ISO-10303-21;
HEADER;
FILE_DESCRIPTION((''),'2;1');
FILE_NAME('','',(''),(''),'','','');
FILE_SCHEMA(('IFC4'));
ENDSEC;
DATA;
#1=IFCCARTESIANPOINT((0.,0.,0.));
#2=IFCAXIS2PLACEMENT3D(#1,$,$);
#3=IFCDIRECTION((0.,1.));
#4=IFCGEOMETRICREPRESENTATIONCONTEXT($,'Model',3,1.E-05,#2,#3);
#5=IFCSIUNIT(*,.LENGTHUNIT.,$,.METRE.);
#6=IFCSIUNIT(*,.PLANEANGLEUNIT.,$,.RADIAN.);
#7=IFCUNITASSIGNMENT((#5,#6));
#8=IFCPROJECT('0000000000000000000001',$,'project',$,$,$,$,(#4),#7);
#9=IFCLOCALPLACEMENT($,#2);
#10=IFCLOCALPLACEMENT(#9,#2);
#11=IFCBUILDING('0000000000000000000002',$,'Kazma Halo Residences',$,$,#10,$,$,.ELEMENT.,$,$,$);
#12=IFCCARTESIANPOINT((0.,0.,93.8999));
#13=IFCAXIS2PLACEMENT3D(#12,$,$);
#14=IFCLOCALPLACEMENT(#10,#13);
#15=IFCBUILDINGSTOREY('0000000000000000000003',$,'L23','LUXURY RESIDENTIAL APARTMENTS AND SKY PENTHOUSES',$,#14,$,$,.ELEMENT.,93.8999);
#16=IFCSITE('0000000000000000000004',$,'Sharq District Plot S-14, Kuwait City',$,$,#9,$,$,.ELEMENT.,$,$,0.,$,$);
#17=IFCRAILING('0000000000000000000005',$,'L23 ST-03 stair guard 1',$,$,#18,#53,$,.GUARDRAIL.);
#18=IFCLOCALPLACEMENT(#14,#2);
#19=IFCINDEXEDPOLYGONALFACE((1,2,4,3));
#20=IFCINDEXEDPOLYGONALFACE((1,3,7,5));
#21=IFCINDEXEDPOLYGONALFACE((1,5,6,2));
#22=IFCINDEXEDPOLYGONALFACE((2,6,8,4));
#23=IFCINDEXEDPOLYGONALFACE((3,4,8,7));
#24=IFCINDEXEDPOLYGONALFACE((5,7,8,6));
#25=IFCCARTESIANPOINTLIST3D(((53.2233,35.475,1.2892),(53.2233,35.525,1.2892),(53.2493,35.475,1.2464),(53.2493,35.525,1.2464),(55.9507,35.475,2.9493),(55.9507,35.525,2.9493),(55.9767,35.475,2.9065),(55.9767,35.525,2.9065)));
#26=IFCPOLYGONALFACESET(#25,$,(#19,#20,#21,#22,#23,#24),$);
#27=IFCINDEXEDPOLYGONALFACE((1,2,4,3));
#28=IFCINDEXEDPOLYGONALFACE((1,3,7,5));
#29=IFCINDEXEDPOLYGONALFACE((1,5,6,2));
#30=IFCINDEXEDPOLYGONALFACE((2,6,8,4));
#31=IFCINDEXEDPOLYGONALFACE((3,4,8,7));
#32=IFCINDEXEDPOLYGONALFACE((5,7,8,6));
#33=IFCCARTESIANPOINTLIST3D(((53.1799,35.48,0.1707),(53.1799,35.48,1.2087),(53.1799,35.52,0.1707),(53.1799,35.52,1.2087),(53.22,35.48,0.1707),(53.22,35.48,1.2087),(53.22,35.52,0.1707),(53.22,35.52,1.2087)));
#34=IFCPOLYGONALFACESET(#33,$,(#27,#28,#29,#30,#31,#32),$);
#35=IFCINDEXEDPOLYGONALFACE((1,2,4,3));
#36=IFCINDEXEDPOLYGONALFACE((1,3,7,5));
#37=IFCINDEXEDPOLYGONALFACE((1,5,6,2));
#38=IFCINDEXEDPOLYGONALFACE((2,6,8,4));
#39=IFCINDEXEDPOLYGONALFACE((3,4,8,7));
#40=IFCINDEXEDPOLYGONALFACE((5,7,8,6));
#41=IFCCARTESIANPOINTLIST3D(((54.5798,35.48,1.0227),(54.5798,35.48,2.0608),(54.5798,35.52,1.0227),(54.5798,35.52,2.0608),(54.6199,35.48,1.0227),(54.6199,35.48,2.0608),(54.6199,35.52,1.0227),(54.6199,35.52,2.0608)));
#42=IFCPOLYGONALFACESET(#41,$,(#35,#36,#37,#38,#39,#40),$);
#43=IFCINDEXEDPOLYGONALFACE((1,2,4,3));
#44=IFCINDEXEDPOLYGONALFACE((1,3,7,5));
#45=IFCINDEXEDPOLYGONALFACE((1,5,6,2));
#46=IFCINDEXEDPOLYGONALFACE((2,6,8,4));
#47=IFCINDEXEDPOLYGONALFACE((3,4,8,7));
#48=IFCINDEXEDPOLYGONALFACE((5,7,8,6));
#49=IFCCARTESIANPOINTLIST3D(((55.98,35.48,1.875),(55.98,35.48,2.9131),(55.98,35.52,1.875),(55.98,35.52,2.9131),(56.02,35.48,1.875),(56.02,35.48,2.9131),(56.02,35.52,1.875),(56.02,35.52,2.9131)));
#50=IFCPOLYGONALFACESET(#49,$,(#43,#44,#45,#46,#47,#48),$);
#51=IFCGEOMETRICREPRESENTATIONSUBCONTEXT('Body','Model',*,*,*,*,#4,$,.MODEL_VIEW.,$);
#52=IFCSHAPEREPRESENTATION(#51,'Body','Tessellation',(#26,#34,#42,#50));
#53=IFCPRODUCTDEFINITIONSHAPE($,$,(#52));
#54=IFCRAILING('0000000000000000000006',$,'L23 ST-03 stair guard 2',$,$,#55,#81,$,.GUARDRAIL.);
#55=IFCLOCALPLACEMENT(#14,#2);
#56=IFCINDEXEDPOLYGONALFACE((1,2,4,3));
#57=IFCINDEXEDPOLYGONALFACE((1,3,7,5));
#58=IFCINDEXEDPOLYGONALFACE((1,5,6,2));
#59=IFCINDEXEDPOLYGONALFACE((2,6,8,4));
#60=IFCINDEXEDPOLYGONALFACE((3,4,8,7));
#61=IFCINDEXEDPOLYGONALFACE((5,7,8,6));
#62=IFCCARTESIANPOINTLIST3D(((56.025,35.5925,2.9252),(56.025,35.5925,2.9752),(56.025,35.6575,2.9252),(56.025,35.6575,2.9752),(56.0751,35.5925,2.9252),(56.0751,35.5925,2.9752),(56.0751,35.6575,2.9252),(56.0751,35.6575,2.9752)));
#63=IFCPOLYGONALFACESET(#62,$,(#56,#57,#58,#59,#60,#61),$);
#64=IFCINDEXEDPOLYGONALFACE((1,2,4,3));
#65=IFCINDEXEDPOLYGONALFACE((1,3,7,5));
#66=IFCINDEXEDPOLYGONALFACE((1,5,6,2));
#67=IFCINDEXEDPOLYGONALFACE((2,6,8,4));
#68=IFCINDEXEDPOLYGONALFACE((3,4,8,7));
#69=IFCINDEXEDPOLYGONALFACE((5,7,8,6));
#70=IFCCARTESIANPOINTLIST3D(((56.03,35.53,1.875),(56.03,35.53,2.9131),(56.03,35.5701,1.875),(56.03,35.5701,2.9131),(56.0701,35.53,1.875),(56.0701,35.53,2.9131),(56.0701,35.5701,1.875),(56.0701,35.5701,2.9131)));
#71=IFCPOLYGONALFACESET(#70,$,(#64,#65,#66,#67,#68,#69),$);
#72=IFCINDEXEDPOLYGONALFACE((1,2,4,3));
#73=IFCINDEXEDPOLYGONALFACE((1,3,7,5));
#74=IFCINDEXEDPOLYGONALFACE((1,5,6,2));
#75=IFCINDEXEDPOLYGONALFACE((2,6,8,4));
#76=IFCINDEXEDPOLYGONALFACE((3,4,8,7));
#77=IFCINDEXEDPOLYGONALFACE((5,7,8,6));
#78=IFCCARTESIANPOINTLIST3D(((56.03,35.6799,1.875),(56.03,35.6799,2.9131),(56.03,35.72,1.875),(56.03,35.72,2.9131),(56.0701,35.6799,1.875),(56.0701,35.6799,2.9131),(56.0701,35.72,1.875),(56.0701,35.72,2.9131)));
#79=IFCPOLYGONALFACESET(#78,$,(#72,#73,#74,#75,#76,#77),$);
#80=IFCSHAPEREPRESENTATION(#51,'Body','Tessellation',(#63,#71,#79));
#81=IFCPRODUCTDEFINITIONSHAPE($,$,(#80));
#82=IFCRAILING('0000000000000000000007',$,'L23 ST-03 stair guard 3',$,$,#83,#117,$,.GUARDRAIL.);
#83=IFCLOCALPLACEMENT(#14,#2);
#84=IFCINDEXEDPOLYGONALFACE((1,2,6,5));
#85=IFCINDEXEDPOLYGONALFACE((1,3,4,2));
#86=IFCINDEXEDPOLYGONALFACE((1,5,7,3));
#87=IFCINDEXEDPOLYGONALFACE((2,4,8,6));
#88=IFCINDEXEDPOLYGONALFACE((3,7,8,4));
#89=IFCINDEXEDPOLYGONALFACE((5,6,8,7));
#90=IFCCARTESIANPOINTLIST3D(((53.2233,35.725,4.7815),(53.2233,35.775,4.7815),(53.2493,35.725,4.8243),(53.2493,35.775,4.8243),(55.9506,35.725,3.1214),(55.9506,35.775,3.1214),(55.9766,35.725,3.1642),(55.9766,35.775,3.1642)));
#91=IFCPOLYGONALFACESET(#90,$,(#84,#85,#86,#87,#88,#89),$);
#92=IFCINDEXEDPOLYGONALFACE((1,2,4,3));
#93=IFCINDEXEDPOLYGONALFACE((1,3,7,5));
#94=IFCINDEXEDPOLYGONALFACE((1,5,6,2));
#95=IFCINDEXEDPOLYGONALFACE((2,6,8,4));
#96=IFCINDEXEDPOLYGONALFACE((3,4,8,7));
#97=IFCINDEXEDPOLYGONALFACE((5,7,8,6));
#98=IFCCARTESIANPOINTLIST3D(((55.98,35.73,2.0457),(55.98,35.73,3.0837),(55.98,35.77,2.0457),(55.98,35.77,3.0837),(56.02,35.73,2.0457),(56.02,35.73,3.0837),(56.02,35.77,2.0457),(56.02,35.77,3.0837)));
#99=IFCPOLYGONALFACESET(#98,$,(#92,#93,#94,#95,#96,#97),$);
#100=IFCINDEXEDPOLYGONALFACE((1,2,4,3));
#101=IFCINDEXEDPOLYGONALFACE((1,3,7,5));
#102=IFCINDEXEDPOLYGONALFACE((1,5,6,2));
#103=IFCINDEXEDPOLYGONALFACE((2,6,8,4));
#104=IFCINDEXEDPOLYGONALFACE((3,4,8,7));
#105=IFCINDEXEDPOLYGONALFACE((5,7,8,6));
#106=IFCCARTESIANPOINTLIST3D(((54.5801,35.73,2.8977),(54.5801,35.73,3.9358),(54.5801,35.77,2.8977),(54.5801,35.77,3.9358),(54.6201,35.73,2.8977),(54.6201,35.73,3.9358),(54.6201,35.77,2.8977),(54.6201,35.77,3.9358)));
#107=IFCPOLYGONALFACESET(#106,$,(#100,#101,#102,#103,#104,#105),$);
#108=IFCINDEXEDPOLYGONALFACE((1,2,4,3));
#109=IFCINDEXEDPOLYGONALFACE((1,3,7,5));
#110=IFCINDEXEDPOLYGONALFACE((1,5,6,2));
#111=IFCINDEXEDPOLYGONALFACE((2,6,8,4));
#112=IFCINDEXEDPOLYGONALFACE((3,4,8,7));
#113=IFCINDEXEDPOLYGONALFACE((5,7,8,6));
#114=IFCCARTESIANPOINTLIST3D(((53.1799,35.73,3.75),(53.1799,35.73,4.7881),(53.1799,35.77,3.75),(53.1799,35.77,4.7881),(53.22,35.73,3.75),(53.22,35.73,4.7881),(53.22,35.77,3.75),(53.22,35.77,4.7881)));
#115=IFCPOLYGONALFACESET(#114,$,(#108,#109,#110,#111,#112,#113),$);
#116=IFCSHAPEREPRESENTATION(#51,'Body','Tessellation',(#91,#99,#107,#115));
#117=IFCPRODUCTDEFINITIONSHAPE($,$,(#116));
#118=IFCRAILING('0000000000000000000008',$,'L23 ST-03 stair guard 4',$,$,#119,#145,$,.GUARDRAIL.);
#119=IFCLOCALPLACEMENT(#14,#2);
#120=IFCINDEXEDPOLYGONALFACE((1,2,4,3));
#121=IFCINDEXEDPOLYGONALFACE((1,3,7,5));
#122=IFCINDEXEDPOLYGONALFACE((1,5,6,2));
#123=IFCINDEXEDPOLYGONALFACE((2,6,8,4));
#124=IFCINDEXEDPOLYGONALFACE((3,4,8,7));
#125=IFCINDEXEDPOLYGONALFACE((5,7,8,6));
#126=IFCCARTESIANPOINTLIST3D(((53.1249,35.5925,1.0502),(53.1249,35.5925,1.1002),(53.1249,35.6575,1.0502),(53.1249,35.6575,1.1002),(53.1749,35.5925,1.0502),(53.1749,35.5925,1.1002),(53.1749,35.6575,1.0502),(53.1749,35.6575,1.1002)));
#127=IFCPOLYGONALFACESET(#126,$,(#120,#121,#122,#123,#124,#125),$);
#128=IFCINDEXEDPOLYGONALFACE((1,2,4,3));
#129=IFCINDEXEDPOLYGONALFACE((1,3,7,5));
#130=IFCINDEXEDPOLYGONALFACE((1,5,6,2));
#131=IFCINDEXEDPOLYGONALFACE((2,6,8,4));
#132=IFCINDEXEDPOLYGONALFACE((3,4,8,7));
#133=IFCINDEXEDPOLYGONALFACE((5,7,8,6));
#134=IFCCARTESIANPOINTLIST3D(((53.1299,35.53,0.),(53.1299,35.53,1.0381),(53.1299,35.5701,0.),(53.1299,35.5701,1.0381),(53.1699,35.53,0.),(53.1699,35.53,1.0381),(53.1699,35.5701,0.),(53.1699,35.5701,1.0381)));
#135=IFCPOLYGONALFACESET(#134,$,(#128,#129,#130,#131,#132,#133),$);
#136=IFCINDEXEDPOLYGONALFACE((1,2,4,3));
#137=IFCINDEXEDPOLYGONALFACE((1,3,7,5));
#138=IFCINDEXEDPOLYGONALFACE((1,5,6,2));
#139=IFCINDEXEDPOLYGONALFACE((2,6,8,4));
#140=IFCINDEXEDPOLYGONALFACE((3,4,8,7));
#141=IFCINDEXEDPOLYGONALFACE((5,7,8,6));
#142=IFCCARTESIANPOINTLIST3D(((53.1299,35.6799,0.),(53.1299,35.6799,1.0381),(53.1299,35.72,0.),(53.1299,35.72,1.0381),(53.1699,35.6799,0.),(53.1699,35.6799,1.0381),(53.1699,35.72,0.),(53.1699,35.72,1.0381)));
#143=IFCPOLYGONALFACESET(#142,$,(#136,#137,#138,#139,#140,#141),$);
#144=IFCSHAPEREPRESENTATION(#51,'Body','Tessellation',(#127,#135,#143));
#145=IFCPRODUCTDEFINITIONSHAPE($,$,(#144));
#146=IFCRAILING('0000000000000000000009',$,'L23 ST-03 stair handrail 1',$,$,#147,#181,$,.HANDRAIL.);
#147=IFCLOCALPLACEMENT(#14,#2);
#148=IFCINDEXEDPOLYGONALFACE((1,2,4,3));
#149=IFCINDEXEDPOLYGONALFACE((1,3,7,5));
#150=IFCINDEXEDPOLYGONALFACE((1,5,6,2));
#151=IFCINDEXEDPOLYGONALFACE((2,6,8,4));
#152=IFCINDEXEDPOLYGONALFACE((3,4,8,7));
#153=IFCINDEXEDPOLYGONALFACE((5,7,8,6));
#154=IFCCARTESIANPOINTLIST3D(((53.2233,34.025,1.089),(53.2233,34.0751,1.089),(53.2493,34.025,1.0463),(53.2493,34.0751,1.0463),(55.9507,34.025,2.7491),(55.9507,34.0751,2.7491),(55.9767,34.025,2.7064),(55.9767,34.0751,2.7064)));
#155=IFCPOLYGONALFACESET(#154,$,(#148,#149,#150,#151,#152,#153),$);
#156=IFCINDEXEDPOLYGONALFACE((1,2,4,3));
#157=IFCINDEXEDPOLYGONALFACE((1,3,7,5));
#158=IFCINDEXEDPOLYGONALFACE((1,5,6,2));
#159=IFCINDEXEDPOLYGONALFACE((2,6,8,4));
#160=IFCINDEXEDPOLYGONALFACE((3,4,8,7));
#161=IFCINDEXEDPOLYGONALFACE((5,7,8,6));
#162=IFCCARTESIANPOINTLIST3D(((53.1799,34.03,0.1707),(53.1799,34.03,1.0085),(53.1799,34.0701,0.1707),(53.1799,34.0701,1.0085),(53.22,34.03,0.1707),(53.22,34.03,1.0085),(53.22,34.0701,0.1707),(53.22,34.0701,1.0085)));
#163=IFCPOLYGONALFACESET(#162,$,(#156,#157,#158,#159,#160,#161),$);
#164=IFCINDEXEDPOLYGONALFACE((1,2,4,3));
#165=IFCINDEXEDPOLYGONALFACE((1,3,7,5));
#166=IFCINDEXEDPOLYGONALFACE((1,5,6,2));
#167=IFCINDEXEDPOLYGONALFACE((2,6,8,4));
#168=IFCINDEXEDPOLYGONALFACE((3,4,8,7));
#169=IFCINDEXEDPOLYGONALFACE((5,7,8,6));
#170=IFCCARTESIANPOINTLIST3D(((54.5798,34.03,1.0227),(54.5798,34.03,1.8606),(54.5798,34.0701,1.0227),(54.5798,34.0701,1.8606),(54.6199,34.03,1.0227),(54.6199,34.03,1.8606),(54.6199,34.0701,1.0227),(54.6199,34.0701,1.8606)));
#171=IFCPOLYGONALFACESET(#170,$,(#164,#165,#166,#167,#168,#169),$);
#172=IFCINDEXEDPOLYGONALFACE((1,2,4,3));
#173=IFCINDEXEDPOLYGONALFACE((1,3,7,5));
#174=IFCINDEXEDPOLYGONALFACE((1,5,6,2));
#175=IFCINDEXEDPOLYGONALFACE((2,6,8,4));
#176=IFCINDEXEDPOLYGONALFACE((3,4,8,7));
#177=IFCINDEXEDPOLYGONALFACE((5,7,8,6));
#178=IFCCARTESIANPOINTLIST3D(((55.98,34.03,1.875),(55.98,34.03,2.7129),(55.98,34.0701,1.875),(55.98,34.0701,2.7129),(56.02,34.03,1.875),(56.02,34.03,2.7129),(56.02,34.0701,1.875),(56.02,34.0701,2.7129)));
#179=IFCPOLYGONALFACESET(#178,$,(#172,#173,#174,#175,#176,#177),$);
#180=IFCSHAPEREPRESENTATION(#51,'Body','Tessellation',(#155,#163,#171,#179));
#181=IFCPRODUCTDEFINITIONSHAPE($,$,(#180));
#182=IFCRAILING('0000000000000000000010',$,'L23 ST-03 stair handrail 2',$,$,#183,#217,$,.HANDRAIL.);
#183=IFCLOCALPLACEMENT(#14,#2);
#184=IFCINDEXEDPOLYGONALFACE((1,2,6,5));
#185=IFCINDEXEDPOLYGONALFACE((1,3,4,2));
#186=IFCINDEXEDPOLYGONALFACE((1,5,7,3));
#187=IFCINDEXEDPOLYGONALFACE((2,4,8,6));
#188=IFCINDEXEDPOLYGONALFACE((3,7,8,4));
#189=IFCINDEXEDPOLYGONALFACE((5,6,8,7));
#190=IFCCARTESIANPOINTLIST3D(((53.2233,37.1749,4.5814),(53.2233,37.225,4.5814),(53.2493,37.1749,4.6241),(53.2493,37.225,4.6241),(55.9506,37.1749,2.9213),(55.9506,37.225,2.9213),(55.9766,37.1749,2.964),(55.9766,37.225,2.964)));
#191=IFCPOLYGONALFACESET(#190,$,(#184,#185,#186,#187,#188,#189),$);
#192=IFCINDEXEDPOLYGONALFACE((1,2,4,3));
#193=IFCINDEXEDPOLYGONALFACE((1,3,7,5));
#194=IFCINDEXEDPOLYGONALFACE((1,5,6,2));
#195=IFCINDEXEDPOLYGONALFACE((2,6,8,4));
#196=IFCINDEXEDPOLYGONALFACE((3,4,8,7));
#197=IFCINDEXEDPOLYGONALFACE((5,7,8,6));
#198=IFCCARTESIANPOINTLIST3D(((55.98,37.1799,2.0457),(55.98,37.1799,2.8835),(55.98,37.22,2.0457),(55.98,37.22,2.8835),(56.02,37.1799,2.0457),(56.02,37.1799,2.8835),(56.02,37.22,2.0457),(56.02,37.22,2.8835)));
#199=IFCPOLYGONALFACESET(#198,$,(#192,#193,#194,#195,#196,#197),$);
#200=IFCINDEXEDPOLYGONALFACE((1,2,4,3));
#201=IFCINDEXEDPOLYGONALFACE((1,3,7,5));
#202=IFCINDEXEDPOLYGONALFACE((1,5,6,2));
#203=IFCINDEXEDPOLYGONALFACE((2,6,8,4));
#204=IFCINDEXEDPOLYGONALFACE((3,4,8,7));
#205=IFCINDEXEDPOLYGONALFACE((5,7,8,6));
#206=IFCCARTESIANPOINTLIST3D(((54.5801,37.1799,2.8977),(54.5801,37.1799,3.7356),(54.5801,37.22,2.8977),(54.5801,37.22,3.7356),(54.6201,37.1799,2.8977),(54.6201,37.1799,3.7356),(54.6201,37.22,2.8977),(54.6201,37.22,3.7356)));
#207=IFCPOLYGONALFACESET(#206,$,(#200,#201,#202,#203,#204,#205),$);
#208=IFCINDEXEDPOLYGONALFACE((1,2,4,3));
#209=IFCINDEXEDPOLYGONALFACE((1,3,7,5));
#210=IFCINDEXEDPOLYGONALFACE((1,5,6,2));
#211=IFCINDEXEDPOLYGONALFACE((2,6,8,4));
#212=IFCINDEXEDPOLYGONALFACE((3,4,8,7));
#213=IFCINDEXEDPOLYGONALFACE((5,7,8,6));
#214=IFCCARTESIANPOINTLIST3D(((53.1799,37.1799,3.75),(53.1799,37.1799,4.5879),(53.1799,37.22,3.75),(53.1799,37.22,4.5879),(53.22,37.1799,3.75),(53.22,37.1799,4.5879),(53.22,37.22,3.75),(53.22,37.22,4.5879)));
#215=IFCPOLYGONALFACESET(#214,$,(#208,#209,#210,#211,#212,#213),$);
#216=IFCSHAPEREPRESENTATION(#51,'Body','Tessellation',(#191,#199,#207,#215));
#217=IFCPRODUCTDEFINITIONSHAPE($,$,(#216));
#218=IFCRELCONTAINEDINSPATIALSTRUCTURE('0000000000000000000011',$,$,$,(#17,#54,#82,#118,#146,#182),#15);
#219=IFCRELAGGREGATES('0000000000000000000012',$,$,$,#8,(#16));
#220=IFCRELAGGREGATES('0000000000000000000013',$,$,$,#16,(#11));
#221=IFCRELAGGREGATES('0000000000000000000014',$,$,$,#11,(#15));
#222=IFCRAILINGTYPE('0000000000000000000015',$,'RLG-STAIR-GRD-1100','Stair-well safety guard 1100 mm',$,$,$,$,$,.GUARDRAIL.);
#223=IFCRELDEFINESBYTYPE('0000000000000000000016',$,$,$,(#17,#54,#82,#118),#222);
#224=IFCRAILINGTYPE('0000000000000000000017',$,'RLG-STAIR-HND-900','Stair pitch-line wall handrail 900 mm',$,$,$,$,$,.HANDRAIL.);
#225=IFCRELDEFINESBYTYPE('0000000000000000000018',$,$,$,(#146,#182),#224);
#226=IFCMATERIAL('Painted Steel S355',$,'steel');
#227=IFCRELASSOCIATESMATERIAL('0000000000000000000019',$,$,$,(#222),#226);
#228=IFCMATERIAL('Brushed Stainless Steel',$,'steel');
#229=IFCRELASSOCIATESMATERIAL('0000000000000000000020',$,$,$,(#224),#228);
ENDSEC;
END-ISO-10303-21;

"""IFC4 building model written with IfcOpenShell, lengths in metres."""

from ifc_helpers import new_model, si_unit, direction, frame, origin, origin_2d, place, context, subcontext, project, spatial, rectangle, extrude, material, type_object, element, save


model = new_model("IFC4")

# Units and contexts
model_context = context("Model", 3, precision=1e-05, world=origin(), true_north=direction((0.0, 1.0)))
body_context = subcontext(model_context, "Body", "Model", "MODEL_VIEW")
ifc_project = project(units=[si_unit("LENGTHUNIT", "METRE"), si_unit("PLANEANGLEUNIT", "RADIAN")], contexts=[model_context])

# Site, building, storey
site_placement = place(None, origin())
site = spatial("IfcSite", under=ifc_project, at=site_placement, Name="Sharq District Plot S-14, Kuwait City", CompositionType="ELEMENT", RefElevation=0.0)
building_placement = place(site_placement, origin())
building = spatial("IfcBuilding", under=site, at=building_placement, Name="Kazma Halo Residences", CompositionType="ELEMENT")
storey_placement = place(building_placement, frame((0.0, 0.0, 93.8999)))
storey = spatial("IfcBuildingStorey", under=building, at=storey_placement, Name="L23", Description="LUXURY RESIDENTIAL APARTMENTS AND SKY PENTHOUSES", CompositionType="ELEMENT", Elevation=93.8999)

# Railings
ifc_material_1 = material(Name="Painted Steel S355", Category="steel")
railing_type_1 = type_object("IfcRailingType", Name="RLG-STAIR-GRD-1100", Description="Stair-well safety guard 1100 mm", PredefinedType="GUARDRAIL", material=ifc_material_1)
railing_1_placement = place(storey_placement, frame((53.2, 35.5, 0.1707)))
element("IfcRailing", 1, at=railing_1_placement, inside=storey, type_object=railing_type_1, Name="L23 ST-03 stair guard 1", PredefinedType="GUARDRAIL", context=body_context, shape_type="SweptSolid", body=[
    extrude(rectangle(XDim=0.05, YDim=0.05, at=origin_2d()), frame((0.0364, 0.0, 1.0972), z_axis=(0.854203, 0.0, 0.51994), x_axis=(0.0, 1.0, 0.0)), (0.0, 0.0, 1.0), 3.1929),
    extrude(rectangle(XDim=0.04, YDim=0.04, at=origin_2d()), origin(), (0.0, 0.0, 1.0), 1.0381),
    extrude(rectangle(XDim=0.04, YDim=0.04, at=origin_2d()), frame((1.3999, 0.0, 0.8521)), (0.0, 0.0, 1.0), 1.0381),
    extrude(rectangle(XDim=0.04, YDim=0.04, at=origin_2d()), frame((2.8, 0.0, 1.7043)), (0.0, 0.0, 1.0), 1.0381),
])
railing_2_placement = place(storey_placement, frame((56.05, 35.55, 1.875)))
element("IfcRailing", 2, at=railing_2_placement, inside=storey, type_object=railing_type_1, Name="L23 ST-03 stair guard 2", PredefinedType="GUARDRAIL", context=body_context, shape_type="SweptSolid", body=[
    extrude(rectangle(XDim=0.05, YDim=0.05, at=origin_2d()), frame((0.0, 0.0425, 1.0752), z_axis=(0.0, 1.0, 0.0), x_axis=(-1.0, 0.0, 0.0)), (0.0, 0.0, 1.0), 0.0649),
    extrude(rectangle(XDim=0.04, YDim=0.04, at=origin_2d()), origin(), (0.0, 0.0, 1.0), 1.0381),
    extrude(rectangle(XDim=0.04, YDim=0.04, at=origin_2d()), frame((0.0, 0.1499, 0.0)), (0.0, 0.0, 1.0), 1.0381),
])
railing_3_placement = place(storey_placement, frame((56.0, 35.75, 2.0457)))
element("IfcRailing", 3, at=railing_3_placement, inside=storey, type_object=railing_type_1, Name="L23 ST-03 stair guard 3", PredefinedType="GUARDRAIL", context=body_context, shape_type="SweptSolid", body=[
    extrude(rectangle(XDim=0.05, YDim=0.05, at=origin_2d()), frame((-0.0364, 0.0, 1.0972), z_axis=(-0.854203, 0.0, 0.51994), x_axis=(0.0, -1.0, 0.0)), (0.0, 0.0, 1.0), 3.1929),
    extrude(rectangle(XDim=0.04, YDim=0.04, at=origin_2d()), origin(), (0.0, 0.0, 1.0), 1.0381),
    extrude(rectangle(XDim=0.04, YDim=0.04, at=origin_2d()), frame((-1.3999, 0.0, 0.8521)), (0.0, 0.0, 1.0), 1.0381),
    extrude(rectangle(XDim=0.04, YDim=0.04, at=origin_2d()), frame((-2.8, 0.0, 1.7043)), (0.0, 0.0, 1.0), 1.0381),
])
railing_4_placement = place(storey_placement, frame((53.1499, 35.55, 0.0)))
element("IfcRailing", 4, at=railing_4_placement, inside=storey, type_object=railing_type_1, Name="L23 ST-03 stair guard 4", PredefinedType="GUARDRAIL", context=body_context, shape_type="SweptSolid", body=[
    extrude(rectangle(XDim=0.05, YDim=0.05, at=origin_2d()), frame((0.0, 0.0425, 1.0752), z_axis=(0.0, 1.0, 0.0), x_axis=(-1.0, 0.0, 0.0)), (0.0, 0.0, 1.0), 0.0649),
    extrude(rectangle(XDim=0.04, YDim=0.04, at=origin_2d()), origin(), (0.0, 0.0, 1.0), 1.0381),
    extrude(rectangle(XDim=0.04, YDim=0.04, at=origin_2d()), frame((0.0, 0.1499, 0.0)), (0.0, 0.0, 1.0), 1.0381),
])
ifc_material_2 = material(Name="Brushed Stainless Steel", Category="steel")
railing_type_2 = type_object("IfcRailingType", Name="RLG-STAIR-HND-900", Description="Stair pitch-line wall handrail 900 mm", PredefinedType="HANDRAIL", material=ifc_material_2)
railing_5_placement = place(storey_placement, frame((53.2, 34.05, 0.1707)))
element("IfcRailing", 5, at=railing_5_placement, inside=storey, type_object=railing_type_2, Name="L23 ST-03 stair handrail 1", PredefinedType="HANDRAIL", context=body_context, shape_type="SweptSolid", body=[
    extrude(rectangle(XDim=0.05, YDim=0.05, at=origin_2d()), frame((0.0364, 0.0, 0.897), z_axis=(0.854203, 0.0, 0.51994), x_axis=(0.0, 1.0, 0.0)), (0.0, 0.0, 1.0), 3.1929),
    extrude(rectangle(XDim=0.04, YDim=0.04, at=origin_2d()), origin(), (0.0, 0.0, 1.0), 0.8379),
    extrude(rectangle(XDim=0.04, YDim=0.04, at=origin_2d()), frame((1.3999, 0.0, 0.8521)), (0.0, 0.0, 1.0), 0.8379),
    extrude(rectangle(XDim=0.04, YDim=0.04, at=origin_2d()), frame((2.8, 0.0, 1.7043)), (0.0, 0.0, 1.0), 0.8379),
])
railing_6_placement = place(storey_placement, frame((56.0, 37.2, 2.0457)))
element("IfcRailing", 6, at=railing_6_placement, inside=storey, type_object=railing_type_2, Name="L23 ST-03 stair handrail 2", PredefinedType="HANDRAIL", context=body_context, shape_type="SweptSolid", body=[
    extrude(rectangle(XDim=0.05, YDim=0.05, at=origin_2d()), frame((-0.0364, 0.0, 0.897), z_axis=(-0.854203, 0.0, 0.51994), x_axis=(0.0, -1.0, 0.0)), (0.0, 0.0, 1.0), 3.1929),
    extrude(rectangle(XDim=0.04, YDim=0.04, at=origin_2d()), origin(), (0.0, 0.0, 1.0), 0.8379),
    extrude(rectangle(XDim=0.04, YDim=0.04, at=origin_2d()), frame((-1.3999, 0.0, 0.8521)), (0.0, 0.0, 1.0), 0.8379),
    extrude(rectangle(XDim=0.04, YDim=0.04, at=origin_2d()), frame((-2.8, 0.0, 1.7043)), (0.0, 0.0, 1.0), 0.8379),
])

save(model, "model.ifc")
